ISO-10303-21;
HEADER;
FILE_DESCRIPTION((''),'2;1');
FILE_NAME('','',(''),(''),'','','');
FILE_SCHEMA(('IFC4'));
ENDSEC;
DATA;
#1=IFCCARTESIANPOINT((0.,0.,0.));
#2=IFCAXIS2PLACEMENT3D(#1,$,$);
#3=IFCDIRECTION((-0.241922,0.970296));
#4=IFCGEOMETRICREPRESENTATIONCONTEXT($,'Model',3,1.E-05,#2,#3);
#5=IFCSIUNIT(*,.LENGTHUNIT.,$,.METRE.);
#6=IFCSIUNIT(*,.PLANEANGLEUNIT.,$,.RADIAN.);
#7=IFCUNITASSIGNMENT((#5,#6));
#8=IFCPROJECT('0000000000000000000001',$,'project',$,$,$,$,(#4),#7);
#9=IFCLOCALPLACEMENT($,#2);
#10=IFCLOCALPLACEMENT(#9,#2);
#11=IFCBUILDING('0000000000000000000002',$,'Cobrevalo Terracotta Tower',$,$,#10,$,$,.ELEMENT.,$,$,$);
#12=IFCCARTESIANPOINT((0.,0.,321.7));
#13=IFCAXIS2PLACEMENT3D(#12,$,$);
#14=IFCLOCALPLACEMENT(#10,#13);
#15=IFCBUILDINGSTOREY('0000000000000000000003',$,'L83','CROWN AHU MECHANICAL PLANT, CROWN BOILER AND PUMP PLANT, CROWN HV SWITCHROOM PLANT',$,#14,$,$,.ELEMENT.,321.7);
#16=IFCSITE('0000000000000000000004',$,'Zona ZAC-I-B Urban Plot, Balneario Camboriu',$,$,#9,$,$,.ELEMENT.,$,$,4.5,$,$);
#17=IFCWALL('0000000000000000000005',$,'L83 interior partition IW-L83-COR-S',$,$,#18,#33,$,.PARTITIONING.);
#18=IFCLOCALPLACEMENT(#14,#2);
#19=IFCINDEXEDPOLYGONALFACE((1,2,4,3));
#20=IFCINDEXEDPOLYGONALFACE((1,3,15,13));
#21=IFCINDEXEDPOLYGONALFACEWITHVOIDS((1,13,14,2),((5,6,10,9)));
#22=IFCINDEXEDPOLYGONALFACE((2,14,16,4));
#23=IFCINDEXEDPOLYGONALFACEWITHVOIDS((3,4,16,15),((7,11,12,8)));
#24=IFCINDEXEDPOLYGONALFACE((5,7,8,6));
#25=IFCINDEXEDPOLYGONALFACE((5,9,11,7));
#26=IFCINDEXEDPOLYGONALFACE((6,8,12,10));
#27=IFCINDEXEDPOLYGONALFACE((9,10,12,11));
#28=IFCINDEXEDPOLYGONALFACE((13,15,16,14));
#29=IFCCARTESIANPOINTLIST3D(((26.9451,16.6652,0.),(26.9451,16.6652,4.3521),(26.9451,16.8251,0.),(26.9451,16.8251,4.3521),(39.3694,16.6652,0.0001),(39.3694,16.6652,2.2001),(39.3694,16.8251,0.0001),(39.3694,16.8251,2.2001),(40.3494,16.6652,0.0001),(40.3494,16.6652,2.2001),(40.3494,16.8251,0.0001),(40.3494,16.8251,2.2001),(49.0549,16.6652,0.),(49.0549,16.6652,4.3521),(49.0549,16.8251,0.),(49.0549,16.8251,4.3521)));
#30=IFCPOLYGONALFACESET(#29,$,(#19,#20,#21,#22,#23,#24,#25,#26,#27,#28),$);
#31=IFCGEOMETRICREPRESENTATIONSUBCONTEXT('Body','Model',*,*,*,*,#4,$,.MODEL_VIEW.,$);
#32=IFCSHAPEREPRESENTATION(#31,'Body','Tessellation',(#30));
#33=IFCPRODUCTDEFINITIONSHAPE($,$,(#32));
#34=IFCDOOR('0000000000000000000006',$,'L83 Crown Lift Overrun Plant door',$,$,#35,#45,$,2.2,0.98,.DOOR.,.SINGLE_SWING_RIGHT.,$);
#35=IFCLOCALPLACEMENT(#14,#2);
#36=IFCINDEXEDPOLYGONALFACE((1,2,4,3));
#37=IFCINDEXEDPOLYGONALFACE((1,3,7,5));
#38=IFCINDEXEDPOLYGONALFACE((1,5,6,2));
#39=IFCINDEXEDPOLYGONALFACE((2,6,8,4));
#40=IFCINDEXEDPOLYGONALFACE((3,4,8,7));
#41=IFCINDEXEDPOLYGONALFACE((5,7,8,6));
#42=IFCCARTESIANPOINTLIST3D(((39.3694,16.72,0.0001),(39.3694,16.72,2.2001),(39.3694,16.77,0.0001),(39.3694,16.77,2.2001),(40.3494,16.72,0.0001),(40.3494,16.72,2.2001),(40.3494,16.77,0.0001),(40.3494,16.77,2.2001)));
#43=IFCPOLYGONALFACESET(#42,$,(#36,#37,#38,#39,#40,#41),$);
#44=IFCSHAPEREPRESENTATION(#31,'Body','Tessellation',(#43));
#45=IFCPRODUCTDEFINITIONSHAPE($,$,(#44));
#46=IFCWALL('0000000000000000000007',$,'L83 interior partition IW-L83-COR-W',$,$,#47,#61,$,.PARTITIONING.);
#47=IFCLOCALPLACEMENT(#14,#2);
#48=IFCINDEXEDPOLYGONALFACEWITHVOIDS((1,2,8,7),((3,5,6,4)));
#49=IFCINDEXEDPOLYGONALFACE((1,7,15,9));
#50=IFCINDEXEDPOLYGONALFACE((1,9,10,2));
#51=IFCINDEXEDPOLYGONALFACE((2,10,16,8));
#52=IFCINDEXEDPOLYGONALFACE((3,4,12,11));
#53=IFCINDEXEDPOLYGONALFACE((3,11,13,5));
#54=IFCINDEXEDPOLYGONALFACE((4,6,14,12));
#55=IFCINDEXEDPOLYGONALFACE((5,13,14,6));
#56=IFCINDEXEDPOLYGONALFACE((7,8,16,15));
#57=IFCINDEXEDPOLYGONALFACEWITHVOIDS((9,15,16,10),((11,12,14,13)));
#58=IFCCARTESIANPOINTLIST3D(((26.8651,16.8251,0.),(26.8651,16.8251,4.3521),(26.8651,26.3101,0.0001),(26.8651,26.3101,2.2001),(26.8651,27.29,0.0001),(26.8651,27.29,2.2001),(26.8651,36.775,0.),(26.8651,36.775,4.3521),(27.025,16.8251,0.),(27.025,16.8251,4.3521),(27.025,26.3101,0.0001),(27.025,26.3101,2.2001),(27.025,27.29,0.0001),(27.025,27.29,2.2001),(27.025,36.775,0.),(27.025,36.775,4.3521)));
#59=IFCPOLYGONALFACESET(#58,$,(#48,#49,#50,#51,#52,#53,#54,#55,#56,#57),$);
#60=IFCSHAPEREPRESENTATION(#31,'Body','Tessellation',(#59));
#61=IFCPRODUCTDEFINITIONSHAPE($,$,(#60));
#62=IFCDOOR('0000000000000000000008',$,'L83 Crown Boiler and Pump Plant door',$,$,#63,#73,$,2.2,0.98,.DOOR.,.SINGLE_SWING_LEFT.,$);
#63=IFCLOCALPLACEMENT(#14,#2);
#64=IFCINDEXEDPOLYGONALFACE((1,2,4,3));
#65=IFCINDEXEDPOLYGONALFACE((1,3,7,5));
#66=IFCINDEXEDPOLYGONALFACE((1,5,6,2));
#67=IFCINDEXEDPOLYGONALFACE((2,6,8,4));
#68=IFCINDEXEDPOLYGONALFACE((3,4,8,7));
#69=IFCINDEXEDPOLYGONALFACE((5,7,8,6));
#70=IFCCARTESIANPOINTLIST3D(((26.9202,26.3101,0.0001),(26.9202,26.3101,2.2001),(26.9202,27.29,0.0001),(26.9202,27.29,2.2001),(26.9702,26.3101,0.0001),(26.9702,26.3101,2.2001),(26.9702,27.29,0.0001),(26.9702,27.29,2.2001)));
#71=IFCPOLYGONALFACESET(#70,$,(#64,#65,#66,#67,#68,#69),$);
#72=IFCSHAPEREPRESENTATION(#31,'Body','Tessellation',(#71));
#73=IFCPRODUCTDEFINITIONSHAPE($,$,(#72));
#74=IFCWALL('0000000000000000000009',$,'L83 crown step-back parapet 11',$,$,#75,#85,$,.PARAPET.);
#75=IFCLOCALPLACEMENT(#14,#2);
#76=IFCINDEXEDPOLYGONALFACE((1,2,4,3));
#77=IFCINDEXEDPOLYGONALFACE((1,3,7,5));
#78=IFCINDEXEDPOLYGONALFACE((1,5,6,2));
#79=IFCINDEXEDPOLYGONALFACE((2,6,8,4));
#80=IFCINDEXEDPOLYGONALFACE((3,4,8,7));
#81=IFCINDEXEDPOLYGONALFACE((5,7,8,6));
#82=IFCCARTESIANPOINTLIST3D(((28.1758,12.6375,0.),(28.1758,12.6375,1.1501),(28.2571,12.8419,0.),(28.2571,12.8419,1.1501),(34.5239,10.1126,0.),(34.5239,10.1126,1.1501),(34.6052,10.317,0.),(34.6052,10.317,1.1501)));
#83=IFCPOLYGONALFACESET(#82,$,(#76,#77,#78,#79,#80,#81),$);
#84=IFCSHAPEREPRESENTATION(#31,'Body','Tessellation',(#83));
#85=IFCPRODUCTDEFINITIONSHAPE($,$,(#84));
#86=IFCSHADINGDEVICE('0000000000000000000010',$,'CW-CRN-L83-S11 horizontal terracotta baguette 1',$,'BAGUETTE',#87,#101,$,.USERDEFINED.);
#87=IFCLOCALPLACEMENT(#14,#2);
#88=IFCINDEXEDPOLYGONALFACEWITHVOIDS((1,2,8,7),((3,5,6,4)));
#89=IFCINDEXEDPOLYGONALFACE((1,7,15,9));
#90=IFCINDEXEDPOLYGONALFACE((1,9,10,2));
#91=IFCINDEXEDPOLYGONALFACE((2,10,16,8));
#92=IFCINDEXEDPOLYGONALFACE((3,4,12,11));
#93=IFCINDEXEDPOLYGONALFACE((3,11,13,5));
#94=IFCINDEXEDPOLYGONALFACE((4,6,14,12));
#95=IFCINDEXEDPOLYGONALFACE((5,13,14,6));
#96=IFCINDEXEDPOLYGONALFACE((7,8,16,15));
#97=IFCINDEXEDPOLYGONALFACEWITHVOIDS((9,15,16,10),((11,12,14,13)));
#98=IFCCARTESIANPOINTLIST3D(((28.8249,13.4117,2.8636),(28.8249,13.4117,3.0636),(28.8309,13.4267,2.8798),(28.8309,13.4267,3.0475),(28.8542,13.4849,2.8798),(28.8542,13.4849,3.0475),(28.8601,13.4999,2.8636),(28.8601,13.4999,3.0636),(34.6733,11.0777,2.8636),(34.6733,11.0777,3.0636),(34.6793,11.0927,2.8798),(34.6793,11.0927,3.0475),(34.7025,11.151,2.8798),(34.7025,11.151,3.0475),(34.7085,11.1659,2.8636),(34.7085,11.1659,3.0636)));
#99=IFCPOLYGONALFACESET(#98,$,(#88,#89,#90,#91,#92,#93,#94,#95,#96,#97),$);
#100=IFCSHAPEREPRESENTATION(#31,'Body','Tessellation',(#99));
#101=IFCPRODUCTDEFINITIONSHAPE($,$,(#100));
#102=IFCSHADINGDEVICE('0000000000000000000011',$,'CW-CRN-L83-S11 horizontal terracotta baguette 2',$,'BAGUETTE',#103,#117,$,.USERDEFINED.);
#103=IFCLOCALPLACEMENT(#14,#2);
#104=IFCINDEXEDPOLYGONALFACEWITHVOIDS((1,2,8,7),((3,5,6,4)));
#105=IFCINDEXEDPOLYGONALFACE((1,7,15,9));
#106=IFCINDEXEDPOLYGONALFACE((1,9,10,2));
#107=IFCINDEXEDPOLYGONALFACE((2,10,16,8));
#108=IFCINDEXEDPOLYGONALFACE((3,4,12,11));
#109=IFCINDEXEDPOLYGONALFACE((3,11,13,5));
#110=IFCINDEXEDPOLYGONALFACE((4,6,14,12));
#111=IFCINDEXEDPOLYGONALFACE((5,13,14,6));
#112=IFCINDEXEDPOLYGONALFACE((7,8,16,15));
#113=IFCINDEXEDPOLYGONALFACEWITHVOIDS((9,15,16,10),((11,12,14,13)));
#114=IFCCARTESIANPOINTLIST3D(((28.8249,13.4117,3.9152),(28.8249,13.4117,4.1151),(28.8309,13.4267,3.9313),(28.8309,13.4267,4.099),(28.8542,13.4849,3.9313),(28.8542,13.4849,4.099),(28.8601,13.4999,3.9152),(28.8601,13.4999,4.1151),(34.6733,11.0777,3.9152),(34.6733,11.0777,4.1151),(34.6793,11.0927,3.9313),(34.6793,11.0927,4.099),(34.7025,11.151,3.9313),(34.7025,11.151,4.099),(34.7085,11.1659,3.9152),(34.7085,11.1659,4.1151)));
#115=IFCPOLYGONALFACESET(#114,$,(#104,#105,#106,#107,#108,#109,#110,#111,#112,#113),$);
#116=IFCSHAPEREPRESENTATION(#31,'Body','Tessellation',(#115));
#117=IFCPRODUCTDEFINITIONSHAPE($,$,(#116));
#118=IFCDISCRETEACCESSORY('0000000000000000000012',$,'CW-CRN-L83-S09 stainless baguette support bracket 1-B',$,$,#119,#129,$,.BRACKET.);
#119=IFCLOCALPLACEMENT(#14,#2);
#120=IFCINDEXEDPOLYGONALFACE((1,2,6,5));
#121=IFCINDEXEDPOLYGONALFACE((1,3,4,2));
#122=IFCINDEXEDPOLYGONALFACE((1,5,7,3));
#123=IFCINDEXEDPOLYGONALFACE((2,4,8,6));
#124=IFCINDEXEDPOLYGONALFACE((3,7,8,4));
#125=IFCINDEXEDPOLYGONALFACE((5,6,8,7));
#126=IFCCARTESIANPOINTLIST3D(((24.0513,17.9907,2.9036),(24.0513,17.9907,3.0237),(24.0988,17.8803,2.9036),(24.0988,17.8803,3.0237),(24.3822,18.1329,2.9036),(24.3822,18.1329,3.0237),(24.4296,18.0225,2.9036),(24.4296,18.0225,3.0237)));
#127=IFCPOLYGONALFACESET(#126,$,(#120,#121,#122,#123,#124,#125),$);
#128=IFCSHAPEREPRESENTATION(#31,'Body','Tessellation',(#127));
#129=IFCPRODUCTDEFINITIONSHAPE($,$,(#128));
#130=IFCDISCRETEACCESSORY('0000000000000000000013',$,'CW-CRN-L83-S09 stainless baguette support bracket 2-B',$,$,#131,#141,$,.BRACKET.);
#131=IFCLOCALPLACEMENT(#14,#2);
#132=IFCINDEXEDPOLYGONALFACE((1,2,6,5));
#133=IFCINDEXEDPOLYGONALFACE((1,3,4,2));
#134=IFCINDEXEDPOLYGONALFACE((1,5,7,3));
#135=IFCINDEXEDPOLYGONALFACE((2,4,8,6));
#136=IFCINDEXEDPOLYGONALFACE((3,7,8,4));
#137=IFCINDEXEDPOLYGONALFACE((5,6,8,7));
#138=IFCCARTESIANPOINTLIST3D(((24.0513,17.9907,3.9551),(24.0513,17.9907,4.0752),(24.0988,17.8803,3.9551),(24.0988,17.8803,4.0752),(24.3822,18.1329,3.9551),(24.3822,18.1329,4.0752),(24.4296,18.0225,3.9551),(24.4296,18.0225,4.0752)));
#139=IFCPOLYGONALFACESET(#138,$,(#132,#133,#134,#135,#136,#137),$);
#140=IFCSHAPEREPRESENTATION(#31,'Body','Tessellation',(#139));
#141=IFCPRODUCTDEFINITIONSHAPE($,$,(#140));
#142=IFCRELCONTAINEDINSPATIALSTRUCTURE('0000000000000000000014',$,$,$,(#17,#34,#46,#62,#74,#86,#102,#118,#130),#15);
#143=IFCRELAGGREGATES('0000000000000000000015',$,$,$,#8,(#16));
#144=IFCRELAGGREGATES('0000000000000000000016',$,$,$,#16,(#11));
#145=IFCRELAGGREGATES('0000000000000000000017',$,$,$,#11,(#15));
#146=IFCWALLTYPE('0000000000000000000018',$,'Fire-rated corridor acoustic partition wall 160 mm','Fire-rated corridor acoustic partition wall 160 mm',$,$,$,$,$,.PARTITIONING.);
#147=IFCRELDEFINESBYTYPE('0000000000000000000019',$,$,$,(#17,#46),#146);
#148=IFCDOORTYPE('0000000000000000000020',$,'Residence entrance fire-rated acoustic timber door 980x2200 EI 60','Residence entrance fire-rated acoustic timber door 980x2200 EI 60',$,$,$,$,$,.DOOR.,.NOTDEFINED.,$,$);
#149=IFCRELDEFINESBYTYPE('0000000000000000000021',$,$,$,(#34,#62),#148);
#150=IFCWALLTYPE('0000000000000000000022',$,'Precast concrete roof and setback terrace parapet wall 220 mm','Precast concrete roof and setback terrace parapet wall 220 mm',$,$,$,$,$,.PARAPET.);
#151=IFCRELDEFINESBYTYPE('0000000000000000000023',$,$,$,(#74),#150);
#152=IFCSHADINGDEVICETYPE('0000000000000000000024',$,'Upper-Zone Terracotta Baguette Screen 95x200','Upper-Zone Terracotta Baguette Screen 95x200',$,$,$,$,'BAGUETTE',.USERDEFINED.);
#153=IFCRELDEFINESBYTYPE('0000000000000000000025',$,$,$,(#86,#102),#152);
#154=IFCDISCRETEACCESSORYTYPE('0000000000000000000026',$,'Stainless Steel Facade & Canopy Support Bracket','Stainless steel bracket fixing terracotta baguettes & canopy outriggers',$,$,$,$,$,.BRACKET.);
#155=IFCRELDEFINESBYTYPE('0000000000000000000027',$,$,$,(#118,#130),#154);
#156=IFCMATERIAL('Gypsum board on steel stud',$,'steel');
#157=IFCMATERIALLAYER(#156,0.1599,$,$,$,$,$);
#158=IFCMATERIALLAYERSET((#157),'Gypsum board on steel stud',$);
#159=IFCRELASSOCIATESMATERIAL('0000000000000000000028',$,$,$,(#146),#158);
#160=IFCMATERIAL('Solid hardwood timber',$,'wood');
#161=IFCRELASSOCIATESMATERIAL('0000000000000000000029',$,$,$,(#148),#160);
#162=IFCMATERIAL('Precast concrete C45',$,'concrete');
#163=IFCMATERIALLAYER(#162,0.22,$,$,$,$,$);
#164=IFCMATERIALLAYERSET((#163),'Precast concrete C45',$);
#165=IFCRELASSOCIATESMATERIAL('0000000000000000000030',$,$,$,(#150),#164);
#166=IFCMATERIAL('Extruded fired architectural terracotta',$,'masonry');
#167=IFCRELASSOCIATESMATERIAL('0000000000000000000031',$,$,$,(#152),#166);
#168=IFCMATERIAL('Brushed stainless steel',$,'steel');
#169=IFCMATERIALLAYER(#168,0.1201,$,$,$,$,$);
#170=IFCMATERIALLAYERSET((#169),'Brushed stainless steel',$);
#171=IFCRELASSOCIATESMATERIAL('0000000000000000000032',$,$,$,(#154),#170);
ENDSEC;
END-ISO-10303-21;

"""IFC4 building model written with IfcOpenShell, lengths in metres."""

from ifc_helpers import new_model, si_unit, direction, frame, frame_2d, origin, origin_2d, place, context, subcontext, project, spatial, rectangle, hollow_rectangle, extrude, source, transform, mapped, material, layer, layer_set, material_profile, profile_set, type_object, element, fill, save


model = new_model("IFC4")

# Units and contexts
model_context = context("Model", 3, precision=1e-05, world=origin(), true_north=direction((-0.241922, 0.970296)))
body_context = subcontext(model_context, "Body", "Model", "MODEL_VIEW")
ifc_project = project(units=[si_unit("LENGTHUNIT", "METRE"), si_unit("PLANEANGLEUNIT", "RADIAN")], contexts=[model_context])

# Site, building, storey
site_placement = place(None, origin())
site = spatial("IfcSite", under=ifc_project, at=site_placement, Name="Zona ZAC-I-B Urban Plot, Balneario Camboriu", CompositionType="ELEMENT", RefElevation=4.5)
building_placement = place(site_placement, origin())
building = spatial("IfcBuilding", under=site, at=building_placement, Name="Cobrevalo Terracotta Tower", CompositionType="ELEMENT")
storey_placement = place(building_placement, frame((0.0, 0.0, 321.7)))
storey = spatial("IfcBuildingStorey", under=building, at=storey_placement, Name="L83", Description="CROWN AHU MECHANICAL PLANT, CROWN BOILER AND PUMP PLANT, CROWN HV SWITCHROOM PLANT", CompositionType="ELEMENT", Elevation=321.7)

# Walls, openings, doors
ifc_material_1 = material(Name="Gypsum board on steel stud", Category="steel")
ifc_layer_1 = layer(ifc_material_1, 0.1599)
ifc_layer_set_1 = layer_set([ifc_layer_1], Name="Gypsum board on steel stud")
wall_type_1 = type_object("IfcWallType", Name="Fire-rated corridor acoustic partition wall 160 mm", Description="Fire-rated corridor acoustic partition wall 160 mm", PredefinedType="PARTITIONING", material=ifc_layer_set_1)
wall_1_placement = place(storey_placement, frame((26.9451, 16.7451, 0.0), z_axis=(0.0, 0.0, 1.0), x_axis=(1.0, 0.0, 0.0)))
wall_1 = element("IfcWall", 1, at=wall_1_placement, inside=storey, type_object=wall_type_1, Name="L83 interior partition IW-L83-COR-S", PredefinedType="PARTITIONING", context=body_context, shape_type="SweptSolid", body=[
    extrude(rectangle(XDim=22.1099, YDim=0.1599, at=frame_2d((11.0549, 0.0))), origin(), (0.0, 0.0, 1.0), 4.3521),
])
opening_1_placement = place(wall_1_placement, frame((12.4243, 0.0, 0.0)))
opening_1 = element("IfcOpeningElement", 2, at=opening_1_placement, cuts=wall_1, PredefinedType="OPENING", context=body_context, shape_type="SweptSolid", body=[
    extrude(rectangle(XDim=0.98, YDim=2.2, at=frame_2d((0.49, 1.1001))), frame((0.0, 0.0898, 0.0), z_axis=(0.0, -1.0, 0.0), x_axis=(1.0, 0.0, 0.0)), (0.0, 0.0, 1.0), 0.1799),
])
ifc_material_2 = material(Name="Solid hardwood timber", Category="wood")
door_type = type_object("IfcDoorType", Name="Residence entrance fire-rated acoustic timber door 980x2200 EI 60", Description="Residence entrance fire-rated acoustic timber door 980x2200 EI 60", OperationType="NOTDEFINED", PredefinedType="DOOR", material=ifc_material_2)
shared_shape_1 = source(origin(), body_context, "Body", "SweptSolid", [
    extrude(rectangle(XDim=0.98, YDim=2.2, at=frame_2d((0.49, 1.1001))), frame((0.0, 0.0249, 0.0), z_axis=(0.0, -1.0, 0.0), x_axis=(1.0, 0.0, 0.0)), (0.0, 0.0, 1.0), 0.05),
])
door_1_placement = place(opening_1_placement, origin())
door_1 = element("IfcDoor", 3, at=door_1_placement, inside=storey, type_object=door_type, Name="L83 Crown Lift Overrun Plant door", OperationType="SINGLE_SWING_RIGHT", OverallHeight=2.2, OverallWidth=0.98, PredefinedType="DOOR", context=body_context, shape_type="MappedRepresentation", body=[
    mapped(shared_shape_1, transform((0.0, 0.0, 0.0), scale=1.0)),
])
fill(opening_1, door_1)
wall_2_placement = place(storey_placement, frame((26.9451, 16.825, 0.0), z_axis=(0.0, 0.0, 1.0), x_axis=(0.0, 1.0, 0.0)))
wall_2 = element("IfcWall", 4, at=wall_2_placement, inside=storey, type_object=wall_type_1, Name="L83 interior partition IW-L83-COR-W", PredefinedType="PARTITIONING", context=body_context, shape_type="SweptSolid", body=[
    extrude(rectangle(XDim=19.95, YDim=0.1599, at=frame_2d((9.9751, 0.0))), origin(), (0.0, 0.0, 1.0), 4.3521),
])
opening_2_placement = place(wall_2_placement, frame((9.4851, 0.0, 0.0)))
opening_2 = element("IfcOpeningElement", 5, at=opening_2_placement, cuts=wall_2, PredefinedType="OPENING", context=body_context, shape_type="SweptSolid", body=[
    extrude(rectangle(XDim=0.98, YDim=2.2, at=frame_2d((0.49, 1.1001))), frame((0.0, 0.0898, 0.0), z_axis=(0.0, -1.0, 0.0), x_axis=(1.0, 0.0, 0.0)), (0.0, 0.0, 1.0), 0.1799),
])
door_2_placement = place(opening_2_placement, origin())
door_2 = element("IfcDoor", 6, at=door_2_placement, inside=storey, type_object=door_type, Name="L83 Crown Boiler and Pump Plant door", OperationType="SINGLE_SWING_LEFT", OverallHeight=2.2, OverallWidth=0.98, PredefinedType="DOOR", context=body_context, shape_type="MappedRepresentation", body=[
    mapped(shared_shape_1, transform((0.0, 0.0, 0.0), scale=1.0)),
])
fill(opening_2, door_2)

# Wall
ifc_material_3 = material(Name="Precast concrete C45", Category="concrete")
ifc_layer_2 = layer(ifc_material_3, 0.22)
ifc_layer_set_2 = layer_set([ifc_layer_2], Name="Precast concrete C45")
wall_type_2 = type_object("IfcWallType", Name="Precast concrete roof and setback terrace parapet wall 220 mm", Description="Precast concrete roof and setback terrace parapet wall 220 mm", PredefinedType="PARAPET", material=ifc_layer_set_2)
wall_3_placement = place(storey_placement, frame((28.2163, 12.7397, 0.0), z_axis=(0.0, 0.0, 1.0), x_axis=(0.929199, -0.369579, 0.0)))
element("IfcWall", 7, at=wall_3_placement, inside=storey, type_object=wall_type_2, Name="L83 crown step-back parapet 11", PredefinedType="PARAPET", context=body_context, shape_type="SweptSolid", body=[
    extrude(rectangle(XDim=6.8318, YDim=0.22, at=frame_2d((3.416, 0.0))), origin(), (0.0, 0.0, 1.0), 1.1501),
])

# Shading devices
ifc_material_4 = material(Name="Extruded fired architectural terracotta", Category="masonry")
ifc_material_profile_1 = material_profile(ifc_material_4, hollow_rectangle(XDim=0.095, YDim=0.2, WallThickness=0.0161, at=origin_2d()), Name="BAGUETTE 95x200")
ifc_profile_set_1 = profile_set([ifc_material_profile_1], Name="Extruded fired architectural terracotta")
shading_device_type = type_object("IfcShadingDeviceType", Name="Upper-Zone Terracotta Baguette Screen 95x200", Description="Upper-Zone Terracotta Baguette Screen 95x200", ElementType="BAGUETTE", PredefinedType="USERDEFINED", material=ifc_profile_set_1)
shared_shape_2 = source(origin(), body_context, "Body", "SweptSolid", [
    extrude(hollow_rectangle(XDim=0.095, YDim=0.2, WallThickness=0.0161, at=origin_2d()), origin(), (0.0, 0.0, 1.0), 6.2969),
])
for number, where, z_axis, x_axis, name in (
    (8, (28.8425, 13.4558, 2.9636), (0.928771, -0.370655, 0.0), (0.370655, 0.928771, 0.0), "CW-CRN-L83-S11 horizontal terracotta baguette 1"),
    (9, (28.8425, 13.4558, 4.0151), (0.928771, -0.370655, 0.0), (0.370655, 0.928771, 0.0), "CW-CRN-L83-S11 horizontal terracotta baguette 2"),
):
    element("IfcShadingDevice", number, at=place(storey_placement, frame(where, z_axis=z_axis, x_axis=x_axis)), inside=storey, type_object=shading_device_type, Name=name, ObjectType="BAGUETTE", PredefinedType="USERDEFINED", context=body_context, shape_type="MappedRepresentation", body=[
        mapped(shared_shape_2, transform((0.0, 0.0, 0.0), scale=1.0)),
    ])

# Discrete accessories
ifc_material_5 = material(Name="Brushed stainless steel", Category="steel")
ifc_layer_3 = layer(ifc_material_5, 0.1201)
ifc_layer_set_3 = layer_set([ifc_layer_3], Name="Brushed stainless steel")
discrete_accessory_type = type_object("IfcDiscreteAccessoryType", Name="Stainless Steel Facade & Canopy Support Bracket", Description="Stainless steel bracket fixing terracotta baguettes & canopy outriggers", PredefinedType="BRACKET", material=ifc_layer_set_3)
shared_shape_3 = source(origin(), body_context, "Body", "SweptSolid", [
    extrude(rectangle(XDim=0.1201, YDim=0.3601, at=origin_2d()), origin(), (0.0, 0.0, 1.0), 0.1201),
])
for number, where, z_axis, x_axis, name in (
    (10, (24.2405, 18.0066, 2.9036), (0.0, 0.0, 1.0), (0.39496, -0.918698, 0.0), "CW-CRN-L83-S09 stainless baguette support bracket 1-B"),
    (11, (24.2405, 18.0066, 3.9551), (0.0, 0.0, 1.0), (0.39496, -0.918698, 0.0), "CW-CRN-L83-S09 stainless baguette support bracket 2-B"),
):
    element("IfcDiscreteAccessory", number, at=place(storey_placement, frame(where, z_axis=z_axis, x_axis=x_axis)), inside=storey, type_object=discrete_accessory_type, Name=name, PredefinedType="BRACKET", context=body_context, shape_type="MappedRepresentation", body=[
        mapped(shared_shape_3, transform((0.0, 0.0, 0.0), scale=1.0)),
    ])

save(model, "model.ifc")
